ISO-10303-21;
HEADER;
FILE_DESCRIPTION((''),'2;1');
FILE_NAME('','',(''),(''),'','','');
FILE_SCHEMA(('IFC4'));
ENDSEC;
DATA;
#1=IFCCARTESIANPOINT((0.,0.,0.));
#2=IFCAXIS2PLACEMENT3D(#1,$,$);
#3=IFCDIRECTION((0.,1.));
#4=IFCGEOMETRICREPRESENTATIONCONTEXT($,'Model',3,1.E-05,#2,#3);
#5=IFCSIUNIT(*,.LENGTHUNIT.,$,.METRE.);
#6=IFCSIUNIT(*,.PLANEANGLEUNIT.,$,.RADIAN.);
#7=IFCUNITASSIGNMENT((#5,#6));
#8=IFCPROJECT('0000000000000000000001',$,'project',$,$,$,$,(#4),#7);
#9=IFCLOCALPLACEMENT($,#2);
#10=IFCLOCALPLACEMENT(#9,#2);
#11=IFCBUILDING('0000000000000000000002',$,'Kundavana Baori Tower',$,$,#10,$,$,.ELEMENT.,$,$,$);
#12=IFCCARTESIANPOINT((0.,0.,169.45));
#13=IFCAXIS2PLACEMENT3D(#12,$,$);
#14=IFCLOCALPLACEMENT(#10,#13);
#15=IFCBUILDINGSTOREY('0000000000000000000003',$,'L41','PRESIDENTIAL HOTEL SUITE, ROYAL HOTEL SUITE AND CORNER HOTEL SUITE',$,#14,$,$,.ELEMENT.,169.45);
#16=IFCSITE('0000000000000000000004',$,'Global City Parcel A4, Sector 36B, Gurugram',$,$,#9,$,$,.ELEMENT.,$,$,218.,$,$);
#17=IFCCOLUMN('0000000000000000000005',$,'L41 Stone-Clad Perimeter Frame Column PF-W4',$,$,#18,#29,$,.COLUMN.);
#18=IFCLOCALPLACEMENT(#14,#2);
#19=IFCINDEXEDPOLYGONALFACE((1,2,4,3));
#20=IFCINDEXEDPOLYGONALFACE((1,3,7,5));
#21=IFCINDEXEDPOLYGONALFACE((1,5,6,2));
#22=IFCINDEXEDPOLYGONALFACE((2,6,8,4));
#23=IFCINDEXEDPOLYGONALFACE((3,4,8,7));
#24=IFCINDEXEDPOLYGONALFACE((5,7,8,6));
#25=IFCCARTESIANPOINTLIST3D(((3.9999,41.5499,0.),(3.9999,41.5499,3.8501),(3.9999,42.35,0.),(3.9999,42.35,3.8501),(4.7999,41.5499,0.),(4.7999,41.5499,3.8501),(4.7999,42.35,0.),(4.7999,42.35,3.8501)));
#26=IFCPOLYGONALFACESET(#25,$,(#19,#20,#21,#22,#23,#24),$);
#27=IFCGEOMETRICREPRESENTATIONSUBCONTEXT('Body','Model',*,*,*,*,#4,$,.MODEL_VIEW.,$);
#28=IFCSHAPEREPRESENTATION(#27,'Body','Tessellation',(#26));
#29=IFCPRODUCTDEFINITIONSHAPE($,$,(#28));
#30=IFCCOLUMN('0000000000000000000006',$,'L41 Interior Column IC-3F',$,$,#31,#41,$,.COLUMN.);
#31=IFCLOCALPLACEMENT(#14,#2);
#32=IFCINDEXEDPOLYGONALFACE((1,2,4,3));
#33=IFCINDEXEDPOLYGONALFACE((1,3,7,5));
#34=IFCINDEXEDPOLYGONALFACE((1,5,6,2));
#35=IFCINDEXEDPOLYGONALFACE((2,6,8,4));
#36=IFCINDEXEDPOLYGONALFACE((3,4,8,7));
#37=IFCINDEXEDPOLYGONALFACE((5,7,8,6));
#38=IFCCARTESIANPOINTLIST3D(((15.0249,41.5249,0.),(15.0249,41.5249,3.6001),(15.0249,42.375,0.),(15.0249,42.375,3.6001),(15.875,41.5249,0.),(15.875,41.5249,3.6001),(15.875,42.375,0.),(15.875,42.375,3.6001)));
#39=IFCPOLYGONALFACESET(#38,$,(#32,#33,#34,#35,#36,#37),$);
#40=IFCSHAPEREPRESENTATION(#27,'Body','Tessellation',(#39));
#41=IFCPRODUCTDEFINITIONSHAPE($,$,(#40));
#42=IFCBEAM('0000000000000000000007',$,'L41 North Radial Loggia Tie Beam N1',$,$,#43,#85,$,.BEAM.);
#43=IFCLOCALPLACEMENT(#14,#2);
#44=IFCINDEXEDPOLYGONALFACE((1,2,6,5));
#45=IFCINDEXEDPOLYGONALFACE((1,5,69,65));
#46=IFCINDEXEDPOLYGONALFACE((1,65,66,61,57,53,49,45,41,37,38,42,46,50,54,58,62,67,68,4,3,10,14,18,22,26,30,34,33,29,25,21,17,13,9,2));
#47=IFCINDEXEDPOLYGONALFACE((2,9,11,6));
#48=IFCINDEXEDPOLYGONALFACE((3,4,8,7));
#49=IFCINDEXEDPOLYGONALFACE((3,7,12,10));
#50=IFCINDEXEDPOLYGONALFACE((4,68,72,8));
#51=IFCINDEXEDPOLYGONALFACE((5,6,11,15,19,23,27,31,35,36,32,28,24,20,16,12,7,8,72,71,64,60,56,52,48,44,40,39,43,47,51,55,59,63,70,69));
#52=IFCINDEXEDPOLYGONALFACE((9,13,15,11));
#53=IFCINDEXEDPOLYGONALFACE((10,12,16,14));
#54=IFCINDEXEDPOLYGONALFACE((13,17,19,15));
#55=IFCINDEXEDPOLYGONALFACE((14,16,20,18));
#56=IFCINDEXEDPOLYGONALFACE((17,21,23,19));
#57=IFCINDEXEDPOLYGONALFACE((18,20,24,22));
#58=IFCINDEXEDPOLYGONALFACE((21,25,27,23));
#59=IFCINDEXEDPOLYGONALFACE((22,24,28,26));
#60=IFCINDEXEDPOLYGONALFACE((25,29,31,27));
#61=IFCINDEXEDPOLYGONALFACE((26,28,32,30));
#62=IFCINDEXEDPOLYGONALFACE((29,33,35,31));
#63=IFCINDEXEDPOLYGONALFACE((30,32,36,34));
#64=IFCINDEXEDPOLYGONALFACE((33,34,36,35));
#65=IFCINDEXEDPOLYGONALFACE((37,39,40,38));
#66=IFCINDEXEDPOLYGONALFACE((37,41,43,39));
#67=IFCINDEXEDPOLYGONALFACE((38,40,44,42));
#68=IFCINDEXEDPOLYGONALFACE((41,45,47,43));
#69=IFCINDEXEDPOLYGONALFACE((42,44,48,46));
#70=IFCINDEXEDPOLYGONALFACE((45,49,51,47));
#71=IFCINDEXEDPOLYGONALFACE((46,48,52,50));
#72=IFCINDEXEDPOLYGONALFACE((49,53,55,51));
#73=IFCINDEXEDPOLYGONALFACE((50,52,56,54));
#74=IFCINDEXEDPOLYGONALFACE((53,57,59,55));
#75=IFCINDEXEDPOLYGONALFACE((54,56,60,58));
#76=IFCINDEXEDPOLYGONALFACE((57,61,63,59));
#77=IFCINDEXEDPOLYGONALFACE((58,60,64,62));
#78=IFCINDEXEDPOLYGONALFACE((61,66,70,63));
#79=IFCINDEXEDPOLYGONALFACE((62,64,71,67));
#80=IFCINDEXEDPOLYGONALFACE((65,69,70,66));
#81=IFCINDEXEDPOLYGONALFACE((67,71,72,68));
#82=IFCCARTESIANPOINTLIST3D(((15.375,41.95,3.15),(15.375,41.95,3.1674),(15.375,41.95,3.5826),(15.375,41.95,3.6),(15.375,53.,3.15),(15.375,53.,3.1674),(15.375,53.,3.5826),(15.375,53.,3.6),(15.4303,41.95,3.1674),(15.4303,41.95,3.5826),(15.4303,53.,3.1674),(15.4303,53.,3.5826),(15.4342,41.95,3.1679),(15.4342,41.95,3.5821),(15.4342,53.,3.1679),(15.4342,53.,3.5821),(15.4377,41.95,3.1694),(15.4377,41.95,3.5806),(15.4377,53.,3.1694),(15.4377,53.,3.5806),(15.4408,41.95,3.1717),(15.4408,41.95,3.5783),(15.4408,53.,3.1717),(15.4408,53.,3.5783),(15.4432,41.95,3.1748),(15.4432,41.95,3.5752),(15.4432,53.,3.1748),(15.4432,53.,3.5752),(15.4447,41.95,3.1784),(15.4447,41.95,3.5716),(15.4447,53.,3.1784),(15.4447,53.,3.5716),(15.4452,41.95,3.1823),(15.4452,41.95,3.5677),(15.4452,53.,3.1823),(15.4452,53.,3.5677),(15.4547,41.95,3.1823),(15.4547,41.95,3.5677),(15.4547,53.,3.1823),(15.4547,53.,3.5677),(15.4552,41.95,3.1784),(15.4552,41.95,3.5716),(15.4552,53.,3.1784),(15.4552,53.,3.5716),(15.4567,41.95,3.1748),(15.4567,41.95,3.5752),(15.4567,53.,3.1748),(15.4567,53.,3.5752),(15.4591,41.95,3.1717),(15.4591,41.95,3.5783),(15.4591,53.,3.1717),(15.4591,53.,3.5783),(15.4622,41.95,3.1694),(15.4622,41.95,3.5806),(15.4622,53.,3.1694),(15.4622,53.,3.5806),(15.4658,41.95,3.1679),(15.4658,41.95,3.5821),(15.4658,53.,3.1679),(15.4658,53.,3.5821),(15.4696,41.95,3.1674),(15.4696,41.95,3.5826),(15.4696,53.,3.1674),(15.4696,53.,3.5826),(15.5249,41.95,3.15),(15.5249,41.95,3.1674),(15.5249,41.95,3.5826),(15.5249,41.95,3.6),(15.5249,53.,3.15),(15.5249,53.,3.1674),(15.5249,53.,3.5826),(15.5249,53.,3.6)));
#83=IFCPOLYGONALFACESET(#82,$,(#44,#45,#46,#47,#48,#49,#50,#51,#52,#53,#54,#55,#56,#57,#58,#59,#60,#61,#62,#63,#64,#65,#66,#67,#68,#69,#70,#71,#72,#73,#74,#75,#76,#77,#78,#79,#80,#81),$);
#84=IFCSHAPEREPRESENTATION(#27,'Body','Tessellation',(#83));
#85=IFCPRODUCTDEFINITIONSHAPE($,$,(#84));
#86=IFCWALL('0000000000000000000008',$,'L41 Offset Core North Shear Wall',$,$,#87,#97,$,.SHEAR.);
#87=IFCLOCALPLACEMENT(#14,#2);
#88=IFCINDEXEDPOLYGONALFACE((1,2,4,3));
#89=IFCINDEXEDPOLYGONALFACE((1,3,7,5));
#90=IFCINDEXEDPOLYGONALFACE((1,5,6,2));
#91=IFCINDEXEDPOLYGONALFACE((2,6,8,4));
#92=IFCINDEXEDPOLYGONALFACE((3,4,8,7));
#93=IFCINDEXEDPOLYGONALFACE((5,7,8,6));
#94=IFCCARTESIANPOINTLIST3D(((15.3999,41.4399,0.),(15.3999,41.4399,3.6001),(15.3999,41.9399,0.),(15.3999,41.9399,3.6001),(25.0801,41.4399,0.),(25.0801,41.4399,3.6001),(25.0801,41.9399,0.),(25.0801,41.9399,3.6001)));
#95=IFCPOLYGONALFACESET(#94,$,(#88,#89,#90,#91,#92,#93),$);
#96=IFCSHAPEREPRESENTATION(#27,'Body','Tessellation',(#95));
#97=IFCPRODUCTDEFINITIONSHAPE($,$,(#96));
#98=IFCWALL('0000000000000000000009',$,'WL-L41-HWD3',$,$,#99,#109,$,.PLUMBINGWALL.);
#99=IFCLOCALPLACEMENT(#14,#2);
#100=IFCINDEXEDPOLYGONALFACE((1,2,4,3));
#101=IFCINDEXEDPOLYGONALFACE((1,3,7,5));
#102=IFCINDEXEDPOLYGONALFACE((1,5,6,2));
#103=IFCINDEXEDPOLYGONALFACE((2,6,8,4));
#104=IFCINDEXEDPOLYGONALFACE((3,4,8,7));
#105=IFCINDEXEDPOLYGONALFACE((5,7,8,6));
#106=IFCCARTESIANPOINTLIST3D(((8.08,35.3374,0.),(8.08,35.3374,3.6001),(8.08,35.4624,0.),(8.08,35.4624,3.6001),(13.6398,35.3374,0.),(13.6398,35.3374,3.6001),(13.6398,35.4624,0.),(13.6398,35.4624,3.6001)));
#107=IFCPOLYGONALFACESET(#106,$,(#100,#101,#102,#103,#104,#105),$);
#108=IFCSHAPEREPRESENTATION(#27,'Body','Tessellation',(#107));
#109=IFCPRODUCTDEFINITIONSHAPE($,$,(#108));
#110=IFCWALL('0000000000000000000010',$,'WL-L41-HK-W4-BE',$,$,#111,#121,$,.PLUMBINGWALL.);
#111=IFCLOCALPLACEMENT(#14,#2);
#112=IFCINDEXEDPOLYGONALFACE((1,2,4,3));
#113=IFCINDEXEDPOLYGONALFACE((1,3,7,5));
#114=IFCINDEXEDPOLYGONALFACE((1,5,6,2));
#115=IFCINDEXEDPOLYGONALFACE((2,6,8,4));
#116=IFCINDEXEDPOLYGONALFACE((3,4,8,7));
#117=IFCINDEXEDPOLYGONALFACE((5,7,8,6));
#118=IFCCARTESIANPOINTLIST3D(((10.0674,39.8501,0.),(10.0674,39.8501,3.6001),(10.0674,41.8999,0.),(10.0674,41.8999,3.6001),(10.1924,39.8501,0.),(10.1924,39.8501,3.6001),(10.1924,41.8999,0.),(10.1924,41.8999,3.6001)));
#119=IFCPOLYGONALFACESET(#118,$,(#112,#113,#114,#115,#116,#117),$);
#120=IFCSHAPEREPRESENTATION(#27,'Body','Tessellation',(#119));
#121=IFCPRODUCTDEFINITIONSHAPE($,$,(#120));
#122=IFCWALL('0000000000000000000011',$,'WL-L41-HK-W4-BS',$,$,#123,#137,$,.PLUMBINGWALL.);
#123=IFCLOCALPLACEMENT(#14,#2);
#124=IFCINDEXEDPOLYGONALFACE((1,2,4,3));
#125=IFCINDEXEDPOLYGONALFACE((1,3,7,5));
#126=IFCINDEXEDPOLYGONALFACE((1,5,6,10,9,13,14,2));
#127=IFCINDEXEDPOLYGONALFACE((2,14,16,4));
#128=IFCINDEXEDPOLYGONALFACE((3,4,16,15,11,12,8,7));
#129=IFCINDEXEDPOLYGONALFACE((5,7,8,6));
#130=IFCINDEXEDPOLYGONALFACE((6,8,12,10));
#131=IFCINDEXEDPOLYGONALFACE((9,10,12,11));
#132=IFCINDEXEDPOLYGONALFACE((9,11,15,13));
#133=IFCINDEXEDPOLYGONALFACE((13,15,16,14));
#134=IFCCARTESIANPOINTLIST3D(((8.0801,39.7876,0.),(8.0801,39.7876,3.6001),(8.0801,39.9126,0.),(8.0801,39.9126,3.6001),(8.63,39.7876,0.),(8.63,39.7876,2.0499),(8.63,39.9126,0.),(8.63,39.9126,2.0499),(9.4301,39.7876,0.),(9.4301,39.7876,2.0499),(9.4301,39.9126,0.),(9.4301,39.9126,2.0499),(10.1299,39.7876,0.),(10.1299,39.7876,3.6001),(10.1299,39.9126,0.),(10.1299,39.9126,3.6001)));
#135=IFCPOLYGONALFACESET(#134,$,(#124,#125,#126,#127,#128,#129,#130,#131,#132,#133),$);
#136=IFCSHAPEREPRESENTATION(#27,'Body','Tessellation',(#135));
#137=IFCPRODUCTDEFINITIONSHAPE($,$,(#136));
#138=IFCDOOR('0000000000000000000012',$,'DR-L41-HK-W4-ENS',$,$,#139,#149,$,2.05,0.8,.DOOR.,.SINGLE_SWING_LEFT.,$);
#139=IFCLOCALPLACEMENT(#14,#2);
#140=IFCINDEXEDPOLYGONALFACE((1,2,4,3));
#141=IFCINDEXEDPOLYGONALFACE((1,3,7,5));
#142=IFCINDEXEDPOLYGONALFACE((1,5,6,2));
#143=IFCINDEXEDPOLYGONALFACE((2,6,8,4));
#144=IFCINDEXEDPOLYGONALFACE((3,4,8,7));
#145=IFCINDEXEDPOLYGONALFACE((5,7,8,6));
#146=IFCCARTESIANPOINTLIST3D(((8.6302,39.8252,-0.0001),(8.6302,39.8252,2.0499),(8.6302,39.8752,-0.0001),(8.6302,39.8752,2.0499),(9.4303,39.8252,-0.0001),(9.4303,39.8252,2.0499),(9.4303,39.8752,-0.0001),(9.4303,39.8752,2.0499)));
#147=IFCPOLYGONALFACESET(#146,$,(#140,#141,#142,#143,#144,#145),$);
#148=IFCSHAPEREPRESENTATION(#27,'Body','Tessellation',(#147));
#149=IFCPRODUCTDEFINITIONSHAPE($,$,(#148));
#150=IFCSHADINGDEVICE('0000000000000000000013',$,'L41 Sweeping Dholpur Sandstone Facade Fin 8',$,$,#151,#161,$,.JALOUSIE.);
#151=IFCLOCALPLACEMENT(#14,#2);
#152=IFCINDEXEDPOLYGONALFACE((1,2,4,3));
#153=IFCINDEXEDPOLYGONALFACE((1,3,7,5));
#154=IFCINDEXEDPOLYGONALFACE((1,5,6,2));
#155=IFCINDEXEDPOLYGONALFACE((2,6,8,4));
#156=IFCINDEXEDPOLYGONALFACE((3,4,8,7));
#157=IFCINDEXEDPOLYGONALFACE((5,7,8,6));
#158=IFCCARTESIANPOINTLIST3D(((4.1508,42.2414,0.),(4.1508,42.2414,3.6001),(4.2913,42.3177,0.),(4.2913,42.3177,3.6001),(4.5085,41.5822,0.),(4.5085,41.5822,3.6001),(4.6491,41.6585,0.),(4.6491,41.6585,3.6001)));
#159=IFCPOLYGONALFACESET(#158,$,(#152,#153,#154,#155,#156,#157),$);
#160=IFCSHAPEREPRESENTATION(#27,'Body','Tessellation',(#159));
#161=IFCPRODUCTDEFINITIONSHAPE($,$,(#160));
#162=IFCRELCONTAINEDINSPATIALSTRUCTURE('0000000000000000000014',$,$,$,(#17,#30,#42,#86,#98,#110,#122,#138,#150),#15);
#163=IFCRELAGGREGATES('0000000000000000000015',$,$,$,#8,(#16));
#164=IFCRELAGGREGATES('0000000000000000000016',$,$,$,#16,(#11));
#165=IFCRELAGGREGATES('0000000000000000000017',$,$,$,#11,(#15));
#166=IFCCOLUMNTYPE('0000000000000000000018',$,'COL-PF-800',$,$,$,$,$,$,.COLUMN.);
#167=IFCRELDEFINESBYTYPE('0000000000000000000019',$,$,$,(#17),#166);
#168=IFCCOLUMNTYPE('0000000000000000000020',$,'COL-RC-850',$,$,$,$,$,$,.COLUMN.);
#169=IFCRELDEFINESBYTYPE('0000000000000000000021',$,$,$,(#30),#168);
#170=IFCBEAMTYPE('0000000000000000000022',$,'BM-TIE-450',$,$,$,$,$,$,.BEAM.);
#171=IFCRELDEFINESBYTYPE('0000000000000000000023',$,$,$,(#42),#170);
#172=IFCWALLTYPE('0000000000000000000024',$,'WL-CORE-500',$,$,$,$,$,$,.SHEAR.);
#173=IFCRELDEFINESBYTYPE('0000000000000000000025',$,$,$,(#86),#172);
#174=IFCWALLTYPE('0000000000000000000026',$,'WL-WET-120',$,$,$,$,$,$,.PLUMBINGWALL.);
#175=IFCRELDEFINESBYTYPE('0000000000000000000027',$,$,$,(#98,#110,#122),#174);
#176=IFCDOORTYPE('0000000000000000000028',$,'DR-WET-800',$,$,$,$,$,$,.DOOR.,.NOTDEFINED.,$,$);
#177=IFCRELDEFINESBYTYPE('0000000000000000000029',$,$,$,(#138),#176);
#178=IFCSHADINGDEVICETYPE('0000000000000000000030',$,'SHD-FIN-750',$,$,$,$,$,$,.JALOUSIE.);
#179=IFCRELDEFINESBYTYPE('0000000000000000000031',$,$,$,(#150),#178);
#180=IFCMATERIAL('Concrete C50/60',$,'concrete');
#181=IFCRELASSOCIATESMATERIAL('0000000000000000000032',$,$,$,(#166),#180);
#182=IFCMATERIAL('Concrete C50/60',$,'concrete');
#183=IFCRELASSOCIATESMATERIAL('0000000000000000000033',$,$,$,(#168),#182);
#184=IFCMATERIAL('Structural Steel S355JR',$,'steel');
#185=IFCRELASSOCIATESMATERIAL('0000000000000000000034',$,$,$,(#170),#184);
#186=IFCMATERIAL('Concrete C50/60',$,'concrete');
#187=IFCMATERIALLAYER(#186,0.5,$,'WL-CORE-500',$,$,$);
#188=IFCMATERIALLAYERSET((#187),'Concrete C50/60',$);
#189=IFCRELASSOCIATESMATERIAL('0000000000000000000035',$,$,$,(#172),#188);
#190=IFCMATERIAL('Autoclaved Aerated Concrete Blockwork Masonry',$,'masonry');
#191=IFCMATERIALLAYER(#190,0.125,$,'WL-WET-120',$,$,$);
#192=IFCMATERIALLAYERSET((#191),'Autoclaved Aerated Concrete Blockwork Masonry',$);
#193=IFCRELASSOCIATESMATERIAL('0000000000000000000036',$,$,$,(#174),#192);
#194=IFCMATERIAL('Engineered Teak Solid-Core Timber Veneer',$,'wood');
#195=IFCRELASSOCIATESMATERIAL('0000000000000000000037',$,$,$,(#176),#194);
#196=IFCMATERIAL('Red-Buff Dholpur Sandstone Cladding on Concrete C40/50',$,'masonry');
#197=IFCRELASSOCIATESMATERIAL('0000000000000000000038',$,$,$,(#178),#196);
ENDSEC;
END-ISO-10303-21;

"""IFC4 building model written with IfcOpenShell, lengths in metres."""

from ifc_helpers import new_model, si_unit, direction, frame, frame_2d, origin, origin_2d, place, context, subcontext, project, spatial, rectangle, i_section, extrude, material, layer, layer_set, material_profile, profile_set, type_object, element, fill, save


model = new_model("IFC4")

# Units and contexts
model_context = context("Model", 3, precision=1e-05, world=origin(), true_north=direction((0.0, 1.0)))
body_context = subcontext(model_context, "Body", "Model", "MODEL_VIEW")
ifc_project = project(units=[si_unit("LENGTHUNIT", "METRE"), si_unit("PLANEANGLEUNIT", "RADIAN")], contexts=[model_context])

# Site, building, storey
site_placement = place(None, origin())
site = spatial("IfcSite", under=ifc_project, at=site_placement, Name="Global City Parcel A4, Sector 36B, Gurugram", CompositionType="ELEMENT", RefElevation=218.0)
building_placement = place(site_placement, origin())
building = spatial("IfcBuilding", under=site, at=building_placement, Name="Kundavana Baori Tower", CompositionType="ELEMENT")
storey_placement = place(building_placement, frame((0.0, 0.0, 169.45)))
storey = spatial("IfcBuildingStorey", under=building, at=storey_placement, Name="L41", Description="PRESIDENTIAL HOTEL SUITE, ROYAL HOTEL SUITE AND CORNER HOTEL SUITE", CompositionType="ELEMENT", Elevation=169.45)

# Columns
ifc_material_1 = material(Name="Concrete C50/60", Category="concrete")
ifc_material_profile_1 = material_profile(ifc_material_1, rectangle(XDim=0.8, YDim=0.8, at=origin_2d()), Name="RC PF 800x800")
ifc_profile_set_1 = profile_set([ifc_material_profile_1], Name="Concrete C50/60")
column_type_1 = type_object("IfcColumnType", Name="COL-PF-800", PredefinedType="COLUMN", material=ifc_profile_set_1)
column_1_placement = place(storey_placement, frame((4.3999, 41.95, 0.0), z_axis=(0.0, 0.0, 1.0), x_axis=(1.0, 0.0, 0.0)))
element("IfcColumn", 1, at=column_1_placement, inside=storey, type_object=column_type_1, Name="L41 Stone-Clad Perimeter Frame Column PF-W4", PredefinedType="COLUMN", context=body_context, shape_type="SweptSolid", body=[
    extrude(rectangle(XDim=0.8, YDim=0.8, at=origin_2d()), origin(), (0.0, 0.0, 1.0), 3.8501),
])
ifc_material_2 = material(Name="Concrete C50/60", Category="concrete")
ifc_material_profile_2 = material_profile(ifc_material_2, rectangle(XDim=0.8501, YDim=0.8501, at=origin_2d()), Name="RC 850x850")
ifc_profile_set_2 = profile_set([ifc_material_profile_2], Name="Concrete C50/60")
column_type_2 = type_object("IfcColumnType", Name="COL-RC-850", PredefinedType="COLUMN", material=ifc_profile_set_2)
column_2_placement = place(storey_placement, frame((15.45, 41.95, 0.0), z_axis=(0.0, 0.0, 1.0), x_axis=(1.0, 0.0, 0.0)))
element("IfcColumn", 2, at=column_2_placement, inside=storey, type_object=column_type_2, Name="L41 Interior Column IC-3F", PredefinedType="COLUMN", context=body_context, shape_type="SweptSolid", body=[
    extrude(rectangle(XDim=0.8501, YDim=0.8501, at=origin_2d()), origin(), (0.0, 0.0, 1.0), 3.6001),
])

# Beam
ifc_material_3 = material(Name="Structural Steel S355JR", Category="steel")
ifc_material_profile_3 = material_profile(ifc_material_3, i_section(OverallWidth=0.1499, OverallDepth=0.45, WebThickness=0.0095, FlangeThickness=0.0173, FilletRadius=0.0149, at=origin_2d()), Name="ISMB 450")
ifc_profile_set_3 = profile_set([ifc_material_profile_3], Name="Structural Steel S355JR")
beam_type = type_object("IfcBeamType", Name="BM-TIE-450", PredefinedType="BEAM", material=ifc_profile_set_3)
beam_placement = place(storey_placement, frame((15.45, 41.95, 3.375), z_axis=(0.0, 1.0, 0.0), x_axis=(-1.0, 0.0, 0.0)))
element("IfcBeam", 3, at=beam_placement, inside=storey, type_object=beam_type, Name="L41 North Radial Loggia Tie Beam N1", PredefinedType="BEAM", context=body_context, shape_type="SweptSolid", body=[
    extrude(i_section(OverallWidth=0.1499, OverallDepth=0.45, WebThickness=0.0095, FlangeThickness=0.0173, FilletRadius=0.0149, at=origin_2d()), origin(), (0.0, 0.0, 1.0), 11.05),
])

# Walls
ifc_material_4 = material(Name="Concrete C50/60", Category="concrete")
ifc_layer_1 = layer(ifc_material_4, 0.5, Name="WL-CORE-500")
ifc_layer_set_1 = layer_set([ifc_layer_1], Name="Concrete C50/60")
wall_type_1 = type_object("IfcWallType", Name="WL-CORE-500", PredefinedType="SHEAR", material=ifc_layer_set_1)
wall_1_placement = place(storey_placement, frame((15.3999, 41.6899, 0.0), z_axis=(0.0, 0.0, 1.0), x_axis=(1.0, 0.0, 0.0)))
element("IfcWall", 4, at=wall_1_placement, inside=storey, type_object=wall_type_1, Name="L41 Offset Core North Shear Wall", PredefinedType="SHEAR", context=body_context, shape_type="SweptSolid", body=[
    extrude(rectangle(XDim=9.6802, YDim=0.5, at=frame_2d((4.8401, 0.0))), origin(), (0.0, 0.0, 1.0), 3.6001),
])
ifc_material_5 = material(Name="Autoclaved Aerated Concrete Blockwork Masonry", Category="masonry")
ifc_layer_2 = layer(ifc_material_5, 0.125, Name="WL-WET-120")
ifc_layer_set_2 = layer_set([ifc_layer_2], Name="Autoclaved Aerated Concrete Blockwork Masonry")
wall_type_2 = type_object("IfcWallType", Name="WL-WET-120", PredefinedType="PLUMBINGWALL", material=ifc_layer_set_2)
wall_2_placement = place(storey_placement, frame((8.0801, 35.3999, 0.0), z_axis=(0.0, 0.0, 1.0), x_axis=(1.0, 0.0, 0.0)))
element("IfcWall", 5, at=wall_2_placement, inside=storey, type_object=wall_type_2, Name="WL-L41-HWD3", PredefinedType="PLUMBINGWALL", context=body_context, shape_type="SweptSolid", body=[
    extrude(rectangle(XDim=5.5598, YDim=0.125, at=frame_2d((2.7798, 0.0))), origin(), (0.0, 0.0, 1.0), 3.6001),
])
wall_3_placement = place(storey_placement, frame((10.1299, 39.8501, 0.0), z_axis=(0.0, 0.0, 1.0), x_axis=(0.0, 1.0, 0.0)))
element("IfcWall", 6, at=wall_3_placement, inside=storey, type_object=wall_type_2, Name="WL-L41-HK-W4-BE", PredefinedType="PLUMBINGWALL", context=body_context, shape_type="SweptSolid", body=[
    extrude(rectangle(XDim=2.0498, YDim=0.125, at=frame_2d((1.0249, 0.0))), origin(), (0.0, 0.0, 1.0), 3.6001),
])

# Wall, opening, door
wall_4_placement = place(storey_placement, frame((8.0801, 39.8501, 0.0), z_axis=(0.0, 0.0, 1.0), x_axis=(1.0, 0.0, 0.0)))
wall_4 = element("IfcWall", 7, at=wall_4_placement, inside=storey, type_object=wall_type_2, Name="WL-L41-HK-W4-BS", PredefinedType="PLUMBINGWALL", context=body_context, shape_type="SweptSolid", body=[
    extrude(rectangle(XDim=2.0498, YDim=0.125, at=frame_2d((1.0249, 0.0))), origin(), (0.0, 0.0, 1.0), 3.6001),
])
opening_placement = place(wall_4_placement, frame((0.55, 0.0, 0.0)))
opening = element("IfcOpeningElement", 8, at=opening_placement, cuts=wall_4, PredefinedType="OPENING", context=body_context, shape_type="SweptSolid", body=[
    extrude(rectangle(XDim=0.8, YDim=2.05, at=frame_2d((0.3999, 1.0249))), frame((0.0, 0.0725, 0.0), z_axis=(0.0, -1.0, 0.0), x_axis=(1.0, 0.0, 0.0)), (0.0, 0.0, 1.0), 0.145),
])
ifc_material_6 = material(Name="Engineered Teak Solid-Core Timber Veneer", Category="wood")
door_type = type_object("IfcDoorType", Name="DR-WET-800", OperationType="NOTDEFINED", PredefinedType="DOOR", material=ifc_material_6)
door_placement = place(opening_placement, frame((0.8, 0.0, 0.0), z_axis=(0.0, 0.0, 1.0), x_axis=(-1.0, 0.0, 0.0)))
door = element("IfcDoor", 9, at=door_placement, inside=storey, type_object=door_type, Name="DR-L41-HK-W4-ENS", OperationType="SINGLE_SWING_LEFT", OverallHeight=2.05, OverallWidth=0.8, PredefinedType="DOOR", context=body_context, shape_type="SweptSolid", body=[
    extrude(rectangle(XDim=0.8, YDim=2.05, at=frame_2d((0.3999, 1.0249))), frame((0.0, 0.0249, 0.0), z_axis=(0.0, -1.0, 0.0), x_axis=(1.0, 0.0, 0.0)), (0.0, 0.0, 1.0), 0.05),
])
fill(opening, door)

# Shading device
ifc_material_7 = material(Name="Red-Buff Dholpur Sandstone Cladding on Concrete C40/50", Category="masonry")
shading_device_type = type_object("IfcShadingDeviceType", Name="SHD-FIN-750", PredefinedType="JALOUSIE", material=ifc_material_7)
shading_device_placement = place(storey_placement, frame((4.3999, 41.95, 0.0), z_axis=(0.0, 0.0, 1.0), x_axis=(0.8789, 0.477005, 0.0)))
element("IfcShadingDevice", 10, at=shading_device_placement, inside=storey, type_object=shading_device_type, Name="L41 Sweeping Dholpur Sandstone Facade Fin 8", PredefinedType="JALOUSIE", context=body_context, shape_type="SweptSolid", body=[
    extrude(rectangle(XDim=0.1599, YDim=0.75, at=origin_2d()), origin(), (0.0, 0.0, 1.0), 3.6001),
])

save(model, "model.ifc")
